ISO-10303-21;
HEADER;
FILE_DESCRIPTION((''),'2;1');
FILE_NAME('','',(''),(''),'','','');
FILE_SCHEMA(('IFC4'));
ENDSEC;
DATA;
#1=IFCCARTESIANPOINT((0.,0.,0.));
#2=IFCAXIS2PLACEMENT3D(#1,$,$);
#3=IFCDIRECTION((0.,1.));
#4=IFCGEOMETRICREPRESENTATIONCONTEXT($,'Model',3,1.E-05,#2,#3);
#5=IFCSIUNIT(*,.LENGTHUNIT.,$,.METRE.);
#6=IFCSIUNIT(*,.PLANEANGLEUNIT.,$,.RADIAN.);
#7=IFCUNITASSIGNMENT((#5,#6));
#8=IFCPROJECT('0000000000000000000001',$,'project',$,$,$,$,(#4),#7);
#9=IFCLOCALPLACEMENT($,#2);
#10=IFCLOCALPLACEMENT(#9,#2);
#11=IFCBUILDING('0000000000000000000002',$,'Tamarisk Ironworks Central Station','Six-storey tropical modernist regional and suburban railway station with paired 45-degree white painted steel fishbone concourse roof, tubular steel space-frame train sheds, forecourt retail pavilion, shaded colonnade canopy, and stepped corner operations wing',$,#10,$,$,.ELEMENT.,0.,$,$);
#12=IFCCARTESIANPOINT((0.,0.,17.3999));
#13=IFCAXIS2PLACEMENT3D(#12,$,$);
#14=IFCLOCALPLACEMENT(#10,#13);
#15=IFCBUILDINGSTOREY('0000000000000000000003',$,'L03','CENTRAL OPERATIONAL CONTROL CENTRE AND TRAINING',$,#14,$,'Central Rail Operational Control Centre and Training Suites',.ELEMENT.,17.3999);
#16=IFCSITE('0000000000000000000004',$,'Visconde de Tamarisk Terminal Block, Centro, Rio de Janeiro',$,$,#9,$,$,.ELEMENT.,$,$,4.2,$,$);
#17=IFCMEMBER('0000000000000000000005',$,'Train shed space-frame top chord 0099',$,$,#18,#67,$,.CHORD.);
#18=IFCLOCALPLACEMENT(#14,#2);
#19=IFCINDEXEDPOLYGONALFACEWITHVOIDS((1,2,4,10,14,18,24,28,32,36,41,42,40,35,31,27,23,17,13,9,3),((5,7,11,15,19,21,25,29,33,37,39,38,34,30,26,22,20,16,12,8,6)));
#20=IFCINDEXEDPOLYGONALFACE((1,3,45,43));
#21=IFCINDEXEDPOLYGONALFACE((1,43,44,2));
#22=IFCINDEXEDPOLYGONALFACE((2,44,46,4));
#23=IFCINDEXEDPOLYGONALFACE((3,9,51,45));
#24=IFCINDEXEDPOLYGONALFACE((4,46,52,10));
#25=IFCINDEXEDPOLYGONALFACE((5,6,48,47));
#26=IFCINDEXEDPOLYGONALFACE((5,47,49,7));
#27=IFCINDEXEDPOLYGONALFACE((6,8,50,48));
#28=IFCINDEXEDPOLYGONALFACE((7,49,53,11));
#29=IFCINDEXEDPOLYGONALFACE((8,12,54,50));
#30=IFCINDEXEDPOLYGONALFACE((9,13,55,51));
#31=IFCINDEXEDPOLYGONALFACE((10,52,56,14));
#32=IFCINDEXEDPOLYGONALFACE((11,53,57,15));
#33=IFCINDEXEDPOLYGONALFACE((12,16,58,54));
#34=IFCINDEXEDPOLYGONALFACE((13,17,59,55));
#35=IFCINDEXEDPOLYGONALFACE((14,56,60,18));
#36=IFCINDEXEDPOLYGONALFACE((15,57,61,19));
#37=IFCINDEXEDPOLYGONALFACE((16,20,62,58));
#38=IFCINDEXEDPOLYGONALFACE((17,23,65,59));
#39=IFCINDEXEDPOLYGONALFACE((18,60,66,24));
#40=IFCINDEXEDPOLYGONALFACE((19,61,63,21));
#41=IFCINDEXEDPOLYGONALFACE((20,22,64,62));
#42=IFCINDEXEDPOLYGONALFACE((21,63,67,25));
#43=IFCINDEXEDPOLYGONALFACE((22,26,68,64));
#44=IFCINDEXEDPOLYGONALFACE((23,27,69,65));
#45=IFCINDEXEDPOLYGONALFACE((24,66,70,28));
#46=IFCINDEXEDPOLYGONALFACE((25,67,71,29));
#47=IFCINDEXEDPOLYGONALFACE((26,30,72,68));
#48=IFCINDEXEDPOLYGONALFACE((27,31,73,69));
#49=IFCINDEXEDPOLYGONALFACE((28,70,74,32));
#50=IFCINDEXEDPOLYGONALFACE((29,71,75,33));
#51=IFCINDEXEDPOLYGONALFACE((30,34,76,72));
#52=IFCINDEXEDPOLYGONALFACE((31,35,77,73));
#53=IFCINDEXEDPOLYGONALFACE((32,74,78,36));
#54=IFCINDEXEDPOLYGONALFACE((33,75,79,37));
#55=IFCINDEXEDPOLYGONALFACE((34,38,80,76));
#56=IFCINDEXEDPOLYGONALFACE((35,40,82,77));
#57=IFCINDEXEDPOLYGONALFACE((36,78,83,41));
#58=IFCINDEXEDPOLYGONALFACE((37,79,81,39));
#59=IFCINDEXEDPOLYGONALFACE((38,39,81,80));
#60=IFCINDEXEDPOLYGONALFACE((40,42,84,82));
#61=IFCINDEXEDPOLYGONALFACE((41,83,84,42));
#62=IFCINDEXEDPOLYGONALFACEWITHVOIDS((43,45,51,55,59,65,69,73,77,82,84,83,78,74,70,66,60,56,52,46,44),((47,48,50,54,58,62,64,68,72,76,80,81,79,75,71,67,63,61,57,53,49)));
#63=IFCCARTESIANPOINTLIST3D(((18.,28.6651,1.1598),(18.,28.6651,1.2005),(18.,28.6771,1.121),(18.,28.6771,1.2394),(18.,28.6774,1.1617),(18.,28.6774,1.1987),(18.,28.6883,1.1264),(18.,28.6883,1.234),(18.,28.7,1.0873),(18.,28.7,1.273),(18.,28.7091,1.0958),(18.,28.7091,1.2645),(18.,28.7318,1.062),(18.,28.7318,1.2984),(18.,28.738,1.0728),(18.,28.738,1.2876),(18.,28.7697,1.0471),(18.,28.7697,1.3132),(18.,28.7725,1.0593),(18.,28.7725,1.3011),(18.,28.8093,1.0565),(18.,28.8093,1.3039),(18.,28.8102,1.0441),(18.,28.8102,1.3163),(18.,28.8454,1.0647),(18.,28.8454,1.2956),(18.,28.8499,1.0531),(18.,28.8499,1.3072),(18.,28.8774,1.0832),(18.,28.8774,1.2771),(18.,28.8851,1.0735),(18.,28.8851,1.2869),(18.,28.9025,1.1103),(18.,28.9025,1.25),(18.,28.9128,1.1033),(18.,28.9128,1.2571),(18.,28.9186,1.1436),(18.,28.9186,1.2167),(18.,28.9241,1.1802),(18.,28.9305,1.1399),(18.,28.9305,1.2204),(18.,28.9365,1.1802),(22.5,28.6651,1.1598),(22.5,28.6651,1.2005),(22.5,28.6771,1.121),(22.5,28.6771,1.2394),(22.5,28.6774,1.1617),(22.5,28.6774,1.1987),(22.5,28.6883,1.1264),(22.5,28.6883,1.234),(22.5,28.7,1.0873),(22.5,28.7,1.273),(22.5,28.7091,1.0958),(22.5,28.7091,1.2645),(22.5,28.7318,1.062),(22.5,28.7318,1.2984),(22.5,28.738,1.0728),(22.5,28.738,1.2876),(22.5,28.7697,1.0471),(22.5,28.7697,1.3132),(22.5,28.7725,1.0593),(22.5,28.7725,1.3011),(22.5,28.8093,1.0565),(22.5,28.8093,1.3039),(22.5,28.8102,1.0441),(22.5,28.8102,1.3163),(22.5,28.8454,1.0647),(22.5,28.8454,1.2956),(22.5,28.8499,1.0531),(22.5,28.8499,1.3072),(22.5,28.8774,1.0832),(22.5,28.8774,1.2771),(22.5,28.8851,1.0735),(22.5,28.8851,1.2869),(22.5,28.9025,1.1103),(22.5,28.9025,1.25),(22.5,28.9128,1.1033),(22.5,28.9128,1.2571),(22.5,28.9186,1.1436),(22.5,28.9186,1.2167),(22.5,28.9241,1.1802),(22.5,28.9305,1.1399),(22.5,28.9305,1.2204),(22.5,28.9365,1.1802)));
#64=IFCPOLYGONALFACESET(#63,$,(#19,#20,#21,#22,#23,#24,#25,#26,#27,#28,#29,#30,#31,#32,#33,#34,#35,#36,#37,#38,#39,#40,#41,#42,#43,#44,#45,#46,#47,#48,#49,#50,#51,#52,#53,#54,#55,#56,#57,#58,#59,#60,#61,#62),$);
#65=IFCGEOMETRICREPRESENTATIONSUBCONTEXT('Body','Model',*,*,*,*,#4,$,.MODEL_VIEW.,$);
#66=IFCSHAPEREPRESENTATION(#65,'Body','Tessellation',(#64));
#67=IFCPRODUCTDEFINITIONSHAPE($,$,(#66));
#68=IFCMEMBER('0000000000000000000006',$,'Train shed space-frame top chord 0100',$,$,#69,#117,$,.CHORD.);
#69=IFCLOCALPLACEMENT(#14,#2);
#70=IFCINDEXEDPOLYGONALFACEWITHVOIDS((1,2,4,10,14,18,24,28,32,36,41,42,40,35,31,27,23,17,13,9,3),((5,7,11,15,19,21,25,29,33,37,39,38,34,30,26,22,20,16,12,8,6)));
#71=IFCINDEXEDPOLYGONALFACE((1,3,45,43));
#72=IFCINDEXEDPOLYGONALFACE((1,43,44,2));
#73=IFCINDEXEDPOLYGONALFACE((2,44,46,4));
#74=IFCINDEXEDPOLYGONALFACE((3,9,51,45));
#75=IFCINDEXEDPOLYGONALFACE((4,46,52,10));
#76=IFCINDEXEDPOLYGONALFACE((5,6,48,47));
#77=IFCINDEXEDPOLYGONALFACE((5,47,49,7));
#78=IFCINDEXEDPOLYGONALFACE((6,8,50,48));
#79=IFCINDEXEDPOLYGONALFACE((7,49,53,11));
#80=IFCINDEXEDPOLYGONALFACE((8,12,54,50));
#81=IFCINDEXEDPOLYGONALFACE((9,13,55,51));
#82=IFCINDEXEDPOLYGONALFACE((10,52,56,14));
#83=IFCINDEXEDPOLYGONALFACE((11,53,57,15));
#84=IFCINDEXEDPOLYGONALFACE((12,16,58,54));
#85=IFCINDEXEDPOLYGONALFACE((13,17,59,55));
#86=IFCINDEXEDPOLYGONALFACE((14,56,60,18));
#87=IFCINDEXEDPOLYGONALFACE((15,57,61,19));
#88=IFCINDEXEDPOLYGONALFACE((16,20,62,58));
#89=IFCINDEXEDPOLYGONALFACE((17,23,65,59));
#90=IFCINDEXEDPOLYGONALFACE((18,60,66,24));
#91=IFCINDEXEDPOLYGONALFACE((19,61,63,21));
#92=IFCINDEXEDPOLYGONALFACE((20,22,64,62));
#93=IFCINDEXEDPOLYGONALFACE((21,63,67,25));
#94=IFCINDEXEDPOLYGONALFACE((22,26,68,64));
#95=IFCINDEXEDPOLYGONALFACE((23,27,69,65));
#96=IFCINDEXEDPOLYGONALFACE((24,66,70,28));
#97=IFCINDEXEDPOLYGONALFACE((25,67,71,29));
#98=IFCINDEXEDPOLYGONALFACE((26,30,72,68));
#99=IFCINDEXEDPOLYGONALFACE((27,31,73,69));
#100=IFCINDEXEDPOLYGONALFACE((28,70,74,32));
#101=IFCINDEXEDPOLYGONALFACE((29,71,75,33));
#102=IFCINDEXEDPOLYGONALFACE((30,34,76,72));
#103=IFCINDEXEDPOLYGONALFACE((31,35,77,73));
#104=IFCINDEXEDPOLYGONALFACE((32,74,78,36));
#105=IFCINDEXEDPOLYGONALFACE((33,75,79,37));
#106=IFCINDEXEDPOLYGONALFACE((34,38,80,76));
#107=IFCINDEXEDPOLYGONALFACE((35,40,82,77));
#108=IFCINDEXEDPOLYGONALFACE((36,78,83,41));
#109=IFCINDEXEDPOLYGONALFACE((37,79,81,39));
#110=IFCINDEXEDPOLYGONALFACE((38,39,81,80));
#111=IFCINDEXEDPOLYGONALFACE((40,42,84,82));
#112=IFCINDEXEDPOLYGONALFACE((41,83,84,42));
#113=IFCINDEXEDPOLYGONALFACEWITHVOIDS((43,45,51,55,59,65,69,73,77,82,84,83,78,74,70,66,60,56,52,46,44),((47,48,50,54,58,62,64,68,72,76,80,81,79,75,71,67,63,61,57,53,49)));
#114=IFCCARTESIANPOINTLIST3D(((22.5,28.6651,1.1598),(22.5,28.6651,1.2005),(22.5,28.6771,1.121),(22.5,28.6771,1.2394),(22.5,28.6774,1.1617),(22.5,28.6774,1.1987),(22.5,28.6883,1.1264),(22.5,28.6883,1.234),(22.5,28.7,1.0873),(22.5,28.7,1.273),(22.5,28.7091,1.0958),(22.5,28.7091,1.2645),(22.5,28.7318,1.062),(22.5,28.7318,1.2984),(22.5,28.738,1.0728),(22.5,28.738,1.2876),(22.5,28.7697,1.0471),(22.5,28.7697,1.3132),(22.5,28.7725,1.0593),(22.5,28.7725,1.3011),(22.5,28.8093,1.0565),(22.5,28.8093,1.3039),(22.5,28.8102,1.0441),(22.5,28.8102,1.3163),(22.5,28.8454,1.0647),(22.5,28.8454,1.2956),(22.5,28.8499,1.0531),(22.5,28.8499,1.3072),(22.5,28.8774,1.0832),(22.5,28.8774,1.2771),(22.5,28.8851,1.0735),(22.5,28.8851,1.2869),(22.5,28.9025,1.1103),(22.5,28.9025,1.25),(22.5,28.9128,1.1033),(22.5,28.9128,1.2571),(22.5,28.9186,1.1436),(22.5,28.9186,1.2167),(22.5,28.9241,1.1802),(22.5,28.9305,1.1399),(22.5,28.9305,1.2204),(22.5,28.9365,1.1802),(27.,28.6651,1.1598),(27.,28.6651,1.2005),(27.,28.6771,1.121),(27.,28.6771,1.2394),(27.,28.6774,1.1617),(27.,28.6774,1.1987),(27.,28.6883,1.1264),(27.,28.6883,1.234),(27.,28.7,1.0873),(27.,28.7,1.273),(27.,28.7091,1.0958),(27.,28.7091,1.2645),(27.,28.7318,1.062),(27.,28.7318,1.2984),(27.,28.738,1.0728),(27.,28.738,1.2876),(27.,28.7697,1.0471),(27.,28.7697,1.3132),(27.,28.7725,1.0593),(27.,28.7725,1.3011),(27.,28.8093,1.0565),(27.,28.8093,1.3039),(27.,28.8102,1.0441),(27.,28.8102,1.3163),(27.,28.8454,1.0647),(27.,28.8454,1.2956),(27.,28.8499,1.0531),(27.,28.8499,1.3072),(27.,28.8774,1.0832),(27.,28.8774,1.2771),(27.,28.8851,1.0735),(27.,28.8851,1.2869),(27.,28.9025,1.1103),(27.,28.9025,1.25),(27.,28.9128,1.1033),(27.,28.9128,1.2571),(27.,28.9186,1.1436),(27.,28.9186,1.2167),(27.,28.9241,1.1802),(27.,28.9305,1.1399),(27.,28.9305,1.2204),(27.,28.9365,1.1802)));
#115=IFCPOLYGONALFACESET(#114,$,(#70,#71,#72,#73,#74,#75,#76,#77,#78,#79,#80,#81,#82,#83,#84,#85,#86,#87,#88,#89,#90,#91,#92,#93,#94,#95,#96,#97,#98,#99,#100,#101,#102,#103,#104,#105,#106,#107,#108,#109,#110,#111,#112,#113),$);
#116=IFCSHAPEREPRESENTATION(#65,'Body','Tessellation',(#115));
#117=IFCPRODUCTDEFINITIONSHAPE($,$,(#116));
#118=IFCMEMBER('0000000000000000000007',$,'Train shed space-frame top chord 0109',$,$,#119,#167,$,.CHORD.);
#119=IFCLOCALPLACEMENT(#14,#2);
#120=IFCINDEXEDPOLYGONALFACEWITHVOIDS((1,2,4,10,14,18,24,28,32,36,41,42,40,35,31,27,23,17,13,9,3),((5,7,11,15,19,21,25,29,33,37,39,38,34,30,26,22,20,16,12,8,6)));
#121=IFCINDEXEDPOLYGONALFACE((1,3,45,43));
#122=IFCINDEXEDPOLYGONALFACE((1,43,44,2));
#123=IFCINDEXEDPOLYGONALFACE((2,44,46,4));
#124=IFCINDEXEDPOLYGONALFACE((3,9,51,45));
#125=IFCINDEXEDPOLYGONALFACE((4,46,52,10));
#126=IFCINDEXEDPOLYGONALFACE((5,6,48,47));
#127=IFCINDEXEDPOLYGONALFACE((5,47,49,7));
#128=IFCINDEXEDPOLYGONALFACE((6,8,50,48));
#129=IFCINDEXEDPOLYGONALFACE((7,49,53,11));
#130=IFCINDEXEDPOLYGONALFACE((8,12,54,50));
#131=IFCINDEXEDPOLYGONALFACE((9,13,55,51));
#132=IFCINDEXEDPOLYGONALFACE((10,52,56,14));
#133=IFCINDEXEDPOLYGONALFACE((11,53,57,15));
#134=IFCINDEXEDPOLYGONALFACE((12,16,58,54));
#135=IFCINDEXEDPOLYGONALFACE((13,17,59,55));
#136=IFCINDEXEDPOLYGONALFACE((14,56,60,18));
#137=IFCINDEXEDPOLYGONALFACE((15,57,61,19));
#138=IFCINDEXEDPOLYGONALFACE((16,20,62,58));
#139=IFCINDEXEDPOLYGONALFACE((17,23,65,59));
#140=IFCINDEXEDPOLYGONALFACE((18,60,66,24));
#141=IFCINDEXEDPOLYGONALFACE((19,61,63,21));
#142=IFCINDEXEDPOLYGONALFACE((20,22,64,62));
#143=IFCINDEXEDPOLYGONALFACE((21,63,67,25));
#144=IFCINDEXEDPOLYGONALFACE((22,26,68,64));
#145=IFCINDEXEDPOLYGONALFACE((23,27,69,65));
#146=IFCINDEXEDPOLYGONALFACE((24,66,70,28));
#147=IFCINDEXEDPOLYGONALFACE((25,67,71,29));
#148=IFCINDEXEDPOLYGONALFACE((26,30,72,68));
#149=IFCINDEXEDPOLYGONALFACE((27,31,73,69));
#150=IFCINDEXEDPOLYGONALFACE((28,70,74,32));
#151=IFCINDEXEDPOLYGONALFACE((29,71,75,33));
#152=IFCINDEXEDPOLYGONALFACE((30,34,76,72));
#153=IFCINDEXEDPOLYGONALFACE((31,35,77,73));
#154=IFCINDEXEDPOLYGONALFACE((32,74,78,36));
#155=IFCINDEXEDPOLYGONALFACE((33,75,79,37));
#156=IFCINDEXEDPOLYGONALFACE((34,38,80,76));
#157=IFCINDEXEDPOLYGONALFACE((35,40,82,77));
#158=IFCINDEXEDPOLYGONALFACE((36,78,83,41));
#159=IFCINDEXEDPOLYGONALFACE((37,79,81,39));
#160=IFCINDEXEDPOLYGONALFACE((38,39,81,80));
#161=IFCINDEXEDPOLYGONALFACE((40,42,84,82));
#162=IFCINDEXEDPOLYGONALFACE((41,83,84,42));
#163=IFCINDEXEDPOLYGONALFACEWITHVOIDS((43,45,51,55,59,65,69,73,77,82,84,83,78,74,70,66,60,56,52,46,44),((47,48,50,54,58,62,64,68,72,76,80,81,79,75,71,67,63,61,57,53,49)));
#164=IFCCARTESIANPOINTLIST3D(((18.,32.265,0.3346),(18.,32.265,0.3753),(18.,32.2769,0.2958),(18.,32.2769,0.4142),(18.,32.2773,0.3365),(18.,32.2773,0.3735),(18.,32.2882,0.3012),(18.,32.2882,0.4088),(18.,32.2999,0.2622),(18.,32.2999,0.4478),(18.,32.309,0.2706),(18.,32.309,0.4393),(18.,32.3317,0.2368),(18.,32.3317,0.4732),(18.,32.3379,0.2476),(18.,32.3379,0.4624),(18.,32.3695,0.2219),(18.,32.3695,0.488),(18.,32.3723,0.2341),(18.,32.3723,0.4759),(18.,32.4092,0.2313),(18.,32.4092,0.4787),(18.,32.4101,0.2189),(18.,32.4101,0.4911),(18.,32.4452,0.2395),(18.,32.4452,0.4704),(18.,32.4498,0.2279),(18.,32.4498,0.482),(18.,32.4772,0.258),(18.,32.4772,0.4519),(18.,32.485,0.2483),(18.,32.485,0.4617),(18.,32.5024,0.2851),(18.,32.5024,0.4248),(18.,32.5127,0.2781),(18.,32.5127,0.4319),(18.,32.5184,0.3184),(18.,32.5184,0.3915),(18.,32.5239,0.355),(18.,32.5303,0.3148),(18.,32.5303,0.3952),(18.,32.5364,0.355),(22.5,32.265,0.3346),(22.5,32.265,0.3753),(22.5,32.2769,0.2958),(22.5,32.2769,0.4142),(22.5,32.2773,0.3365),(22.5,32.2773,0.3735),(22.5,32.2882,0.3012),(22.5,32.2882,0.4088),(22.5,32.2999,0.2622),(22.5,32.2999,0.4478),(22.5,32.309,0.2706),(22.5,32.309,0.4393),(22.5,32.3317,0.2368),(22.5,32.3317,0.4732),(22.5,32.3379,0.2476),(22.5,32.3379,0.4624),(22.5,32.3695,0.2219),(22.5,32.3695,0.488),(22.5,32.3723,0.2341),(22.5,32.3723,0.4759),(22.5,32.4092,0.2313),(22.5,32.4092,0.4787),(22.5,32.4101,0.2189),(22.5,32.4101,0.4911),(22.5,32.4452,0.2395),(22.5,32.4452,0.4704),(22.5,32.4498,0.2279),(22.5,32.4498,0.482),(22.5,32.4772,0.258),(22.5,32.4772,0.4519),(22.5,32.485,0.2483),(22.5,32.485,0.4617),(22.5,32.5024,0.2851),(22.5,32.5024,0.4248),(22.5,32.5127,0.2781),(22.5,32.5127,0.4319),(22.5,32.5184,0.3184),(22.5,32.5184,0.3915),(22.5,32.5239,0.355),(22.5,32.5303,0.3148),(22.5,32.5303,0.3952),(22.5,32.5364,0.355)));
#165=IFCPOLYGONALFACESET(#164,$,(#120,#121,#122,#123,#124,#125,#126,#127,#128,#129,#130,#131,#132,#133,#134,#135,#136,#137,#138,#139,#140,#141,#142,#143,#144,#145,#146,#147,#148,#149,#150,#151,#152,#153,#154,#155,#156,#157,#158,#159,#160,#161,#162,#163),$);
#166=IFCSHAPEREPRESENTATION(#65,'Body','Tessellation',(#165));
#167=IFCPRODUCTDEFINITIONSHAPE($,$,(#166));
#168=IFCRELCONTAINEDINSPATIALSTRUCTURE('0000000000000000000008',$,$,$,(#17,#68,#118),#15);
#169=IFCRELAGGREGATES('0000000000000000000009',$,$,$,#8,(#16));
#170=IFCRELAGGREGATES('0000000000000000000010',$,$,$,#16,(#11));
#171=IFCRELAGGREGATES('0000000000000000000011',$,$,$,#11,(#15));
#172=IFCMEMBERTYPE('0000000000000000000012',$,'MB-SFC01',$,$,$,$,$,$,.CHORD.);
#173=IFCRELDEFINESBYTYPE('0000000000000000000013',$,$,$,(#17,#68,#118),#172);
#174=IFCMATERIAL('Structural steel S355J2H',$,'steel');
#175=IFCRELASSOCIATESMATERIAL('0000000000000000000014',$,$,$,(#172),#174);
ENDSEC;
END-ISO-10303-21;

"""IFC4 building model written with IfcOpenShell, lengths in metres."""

from ifc_helpers import new_model, si_unit, direction, frame, origin, origin_2d, place, context, subcontext, project, spatial, hollow_circle, extrude, material, material_profile, profile_set, type_object, element, save


model = new_model("IFC4")

# Units and contexts
model_context = context("Model", 3, precision=1e-05, world=origin(), true_north=direction((0.0, 1.0)))
body_context = subcontext(model_context, "Body", "Model", "MODEL_VIEW")
ifc_project = project(units=[si_unit("LENGTHUNIT", "METRE"), si_unit("PLANEANGLEUNIT", "RADIAN")], contexts=[model_context])

# Site, building, storey
site_placement = place(None, origin())
site = spatial("IfcSite", under=ifc_project, at=site_placement, Name="Visconde de Tamarisk Terminal Block, Centro, Rio de Janeiro", CompositionType="ELEMENT", RefElevation=4.2)
building_placement = place(site_placement, origin())
building = spatial("IfcBuilding", under=site, at=building_placement, Name="Tamarisk Ironworks Central Station", Description="Six-storey tropical modernist regional and suburban railway station with paired 45-degree white painted steel fishbone concourse roof, tubular steel space-frame train sheds, forecourt retail pavilion, shaded colonnade canopy, and stepped corner operations wing", CompositionType="ELEMENT", ElevationOfRefHeight=0.0)
storey_placement = place(building_placement, frame((0.0, 0.0, 17.3999)))
storey = spatial("IfcBuildingStorey", under=building, at=storey_placement, Name="L03", Description="CENTRAL OPERATIONAL CONTROL CENTRE AND TRAINING", LongName="Central Rail Operational Control Centre and Training Suites", CompositionType="ELEMENT", Elevation=17.3999)

# Members
ifc_material = material(Name="Structural steel S355J2H", Category="steel")
ifc_material_profile_1 = material_profile(ifc_material, hollow_circle(Radius=0.1365, WallThickness=0.0125, at=origin_2d()), Name="CHS 273x12.5")
ifc_profile_set_1 = profile_set([ifc_material_profile_1], Name="Structural steel S355J2H")
member_type_1 = type_object("IfcMemberType", Name="MB-SFC01", PredefinedType="CHORD", material=ifc_profile_set_1)
for number, where, z_axis, x_axis, name in (
    (1, (18.0, 28.8, 1.1802), (1.0, 0.0, 0.0), (0.0, 1.0, 0.0), "Train shed space-frame top chord 0099"),
    (2, (22.5, 28.8, 1.1802), (1.0, 0.0, 0.0), (0.0, 1.0, 0.0), "Train shed space-frame top chord 0100"),
    (3, (18.0, 32.3999, 0.355), (1.0, 0.0, 0.0), (0.0, 1.0, 0.0), "Train shed space-frame top chord 0109"),
):
    element("IfcMember", number, at=place(storey_placement, frame(where, z_axis=z_axis, x_axis=x_axis)), inside=storey, type_object=member_type_1, Name=name, PredefinedType="CHORD", context=body_context, shape_type="SweptSolid", body=[
        extrude(hollow_circle(Radius=0.1365, WallThickness=0.0125, at=origin_2d()), origin(), (0.0, 0.0, 1.0), 4.5),
    ])

save(model, "model.ifc")
